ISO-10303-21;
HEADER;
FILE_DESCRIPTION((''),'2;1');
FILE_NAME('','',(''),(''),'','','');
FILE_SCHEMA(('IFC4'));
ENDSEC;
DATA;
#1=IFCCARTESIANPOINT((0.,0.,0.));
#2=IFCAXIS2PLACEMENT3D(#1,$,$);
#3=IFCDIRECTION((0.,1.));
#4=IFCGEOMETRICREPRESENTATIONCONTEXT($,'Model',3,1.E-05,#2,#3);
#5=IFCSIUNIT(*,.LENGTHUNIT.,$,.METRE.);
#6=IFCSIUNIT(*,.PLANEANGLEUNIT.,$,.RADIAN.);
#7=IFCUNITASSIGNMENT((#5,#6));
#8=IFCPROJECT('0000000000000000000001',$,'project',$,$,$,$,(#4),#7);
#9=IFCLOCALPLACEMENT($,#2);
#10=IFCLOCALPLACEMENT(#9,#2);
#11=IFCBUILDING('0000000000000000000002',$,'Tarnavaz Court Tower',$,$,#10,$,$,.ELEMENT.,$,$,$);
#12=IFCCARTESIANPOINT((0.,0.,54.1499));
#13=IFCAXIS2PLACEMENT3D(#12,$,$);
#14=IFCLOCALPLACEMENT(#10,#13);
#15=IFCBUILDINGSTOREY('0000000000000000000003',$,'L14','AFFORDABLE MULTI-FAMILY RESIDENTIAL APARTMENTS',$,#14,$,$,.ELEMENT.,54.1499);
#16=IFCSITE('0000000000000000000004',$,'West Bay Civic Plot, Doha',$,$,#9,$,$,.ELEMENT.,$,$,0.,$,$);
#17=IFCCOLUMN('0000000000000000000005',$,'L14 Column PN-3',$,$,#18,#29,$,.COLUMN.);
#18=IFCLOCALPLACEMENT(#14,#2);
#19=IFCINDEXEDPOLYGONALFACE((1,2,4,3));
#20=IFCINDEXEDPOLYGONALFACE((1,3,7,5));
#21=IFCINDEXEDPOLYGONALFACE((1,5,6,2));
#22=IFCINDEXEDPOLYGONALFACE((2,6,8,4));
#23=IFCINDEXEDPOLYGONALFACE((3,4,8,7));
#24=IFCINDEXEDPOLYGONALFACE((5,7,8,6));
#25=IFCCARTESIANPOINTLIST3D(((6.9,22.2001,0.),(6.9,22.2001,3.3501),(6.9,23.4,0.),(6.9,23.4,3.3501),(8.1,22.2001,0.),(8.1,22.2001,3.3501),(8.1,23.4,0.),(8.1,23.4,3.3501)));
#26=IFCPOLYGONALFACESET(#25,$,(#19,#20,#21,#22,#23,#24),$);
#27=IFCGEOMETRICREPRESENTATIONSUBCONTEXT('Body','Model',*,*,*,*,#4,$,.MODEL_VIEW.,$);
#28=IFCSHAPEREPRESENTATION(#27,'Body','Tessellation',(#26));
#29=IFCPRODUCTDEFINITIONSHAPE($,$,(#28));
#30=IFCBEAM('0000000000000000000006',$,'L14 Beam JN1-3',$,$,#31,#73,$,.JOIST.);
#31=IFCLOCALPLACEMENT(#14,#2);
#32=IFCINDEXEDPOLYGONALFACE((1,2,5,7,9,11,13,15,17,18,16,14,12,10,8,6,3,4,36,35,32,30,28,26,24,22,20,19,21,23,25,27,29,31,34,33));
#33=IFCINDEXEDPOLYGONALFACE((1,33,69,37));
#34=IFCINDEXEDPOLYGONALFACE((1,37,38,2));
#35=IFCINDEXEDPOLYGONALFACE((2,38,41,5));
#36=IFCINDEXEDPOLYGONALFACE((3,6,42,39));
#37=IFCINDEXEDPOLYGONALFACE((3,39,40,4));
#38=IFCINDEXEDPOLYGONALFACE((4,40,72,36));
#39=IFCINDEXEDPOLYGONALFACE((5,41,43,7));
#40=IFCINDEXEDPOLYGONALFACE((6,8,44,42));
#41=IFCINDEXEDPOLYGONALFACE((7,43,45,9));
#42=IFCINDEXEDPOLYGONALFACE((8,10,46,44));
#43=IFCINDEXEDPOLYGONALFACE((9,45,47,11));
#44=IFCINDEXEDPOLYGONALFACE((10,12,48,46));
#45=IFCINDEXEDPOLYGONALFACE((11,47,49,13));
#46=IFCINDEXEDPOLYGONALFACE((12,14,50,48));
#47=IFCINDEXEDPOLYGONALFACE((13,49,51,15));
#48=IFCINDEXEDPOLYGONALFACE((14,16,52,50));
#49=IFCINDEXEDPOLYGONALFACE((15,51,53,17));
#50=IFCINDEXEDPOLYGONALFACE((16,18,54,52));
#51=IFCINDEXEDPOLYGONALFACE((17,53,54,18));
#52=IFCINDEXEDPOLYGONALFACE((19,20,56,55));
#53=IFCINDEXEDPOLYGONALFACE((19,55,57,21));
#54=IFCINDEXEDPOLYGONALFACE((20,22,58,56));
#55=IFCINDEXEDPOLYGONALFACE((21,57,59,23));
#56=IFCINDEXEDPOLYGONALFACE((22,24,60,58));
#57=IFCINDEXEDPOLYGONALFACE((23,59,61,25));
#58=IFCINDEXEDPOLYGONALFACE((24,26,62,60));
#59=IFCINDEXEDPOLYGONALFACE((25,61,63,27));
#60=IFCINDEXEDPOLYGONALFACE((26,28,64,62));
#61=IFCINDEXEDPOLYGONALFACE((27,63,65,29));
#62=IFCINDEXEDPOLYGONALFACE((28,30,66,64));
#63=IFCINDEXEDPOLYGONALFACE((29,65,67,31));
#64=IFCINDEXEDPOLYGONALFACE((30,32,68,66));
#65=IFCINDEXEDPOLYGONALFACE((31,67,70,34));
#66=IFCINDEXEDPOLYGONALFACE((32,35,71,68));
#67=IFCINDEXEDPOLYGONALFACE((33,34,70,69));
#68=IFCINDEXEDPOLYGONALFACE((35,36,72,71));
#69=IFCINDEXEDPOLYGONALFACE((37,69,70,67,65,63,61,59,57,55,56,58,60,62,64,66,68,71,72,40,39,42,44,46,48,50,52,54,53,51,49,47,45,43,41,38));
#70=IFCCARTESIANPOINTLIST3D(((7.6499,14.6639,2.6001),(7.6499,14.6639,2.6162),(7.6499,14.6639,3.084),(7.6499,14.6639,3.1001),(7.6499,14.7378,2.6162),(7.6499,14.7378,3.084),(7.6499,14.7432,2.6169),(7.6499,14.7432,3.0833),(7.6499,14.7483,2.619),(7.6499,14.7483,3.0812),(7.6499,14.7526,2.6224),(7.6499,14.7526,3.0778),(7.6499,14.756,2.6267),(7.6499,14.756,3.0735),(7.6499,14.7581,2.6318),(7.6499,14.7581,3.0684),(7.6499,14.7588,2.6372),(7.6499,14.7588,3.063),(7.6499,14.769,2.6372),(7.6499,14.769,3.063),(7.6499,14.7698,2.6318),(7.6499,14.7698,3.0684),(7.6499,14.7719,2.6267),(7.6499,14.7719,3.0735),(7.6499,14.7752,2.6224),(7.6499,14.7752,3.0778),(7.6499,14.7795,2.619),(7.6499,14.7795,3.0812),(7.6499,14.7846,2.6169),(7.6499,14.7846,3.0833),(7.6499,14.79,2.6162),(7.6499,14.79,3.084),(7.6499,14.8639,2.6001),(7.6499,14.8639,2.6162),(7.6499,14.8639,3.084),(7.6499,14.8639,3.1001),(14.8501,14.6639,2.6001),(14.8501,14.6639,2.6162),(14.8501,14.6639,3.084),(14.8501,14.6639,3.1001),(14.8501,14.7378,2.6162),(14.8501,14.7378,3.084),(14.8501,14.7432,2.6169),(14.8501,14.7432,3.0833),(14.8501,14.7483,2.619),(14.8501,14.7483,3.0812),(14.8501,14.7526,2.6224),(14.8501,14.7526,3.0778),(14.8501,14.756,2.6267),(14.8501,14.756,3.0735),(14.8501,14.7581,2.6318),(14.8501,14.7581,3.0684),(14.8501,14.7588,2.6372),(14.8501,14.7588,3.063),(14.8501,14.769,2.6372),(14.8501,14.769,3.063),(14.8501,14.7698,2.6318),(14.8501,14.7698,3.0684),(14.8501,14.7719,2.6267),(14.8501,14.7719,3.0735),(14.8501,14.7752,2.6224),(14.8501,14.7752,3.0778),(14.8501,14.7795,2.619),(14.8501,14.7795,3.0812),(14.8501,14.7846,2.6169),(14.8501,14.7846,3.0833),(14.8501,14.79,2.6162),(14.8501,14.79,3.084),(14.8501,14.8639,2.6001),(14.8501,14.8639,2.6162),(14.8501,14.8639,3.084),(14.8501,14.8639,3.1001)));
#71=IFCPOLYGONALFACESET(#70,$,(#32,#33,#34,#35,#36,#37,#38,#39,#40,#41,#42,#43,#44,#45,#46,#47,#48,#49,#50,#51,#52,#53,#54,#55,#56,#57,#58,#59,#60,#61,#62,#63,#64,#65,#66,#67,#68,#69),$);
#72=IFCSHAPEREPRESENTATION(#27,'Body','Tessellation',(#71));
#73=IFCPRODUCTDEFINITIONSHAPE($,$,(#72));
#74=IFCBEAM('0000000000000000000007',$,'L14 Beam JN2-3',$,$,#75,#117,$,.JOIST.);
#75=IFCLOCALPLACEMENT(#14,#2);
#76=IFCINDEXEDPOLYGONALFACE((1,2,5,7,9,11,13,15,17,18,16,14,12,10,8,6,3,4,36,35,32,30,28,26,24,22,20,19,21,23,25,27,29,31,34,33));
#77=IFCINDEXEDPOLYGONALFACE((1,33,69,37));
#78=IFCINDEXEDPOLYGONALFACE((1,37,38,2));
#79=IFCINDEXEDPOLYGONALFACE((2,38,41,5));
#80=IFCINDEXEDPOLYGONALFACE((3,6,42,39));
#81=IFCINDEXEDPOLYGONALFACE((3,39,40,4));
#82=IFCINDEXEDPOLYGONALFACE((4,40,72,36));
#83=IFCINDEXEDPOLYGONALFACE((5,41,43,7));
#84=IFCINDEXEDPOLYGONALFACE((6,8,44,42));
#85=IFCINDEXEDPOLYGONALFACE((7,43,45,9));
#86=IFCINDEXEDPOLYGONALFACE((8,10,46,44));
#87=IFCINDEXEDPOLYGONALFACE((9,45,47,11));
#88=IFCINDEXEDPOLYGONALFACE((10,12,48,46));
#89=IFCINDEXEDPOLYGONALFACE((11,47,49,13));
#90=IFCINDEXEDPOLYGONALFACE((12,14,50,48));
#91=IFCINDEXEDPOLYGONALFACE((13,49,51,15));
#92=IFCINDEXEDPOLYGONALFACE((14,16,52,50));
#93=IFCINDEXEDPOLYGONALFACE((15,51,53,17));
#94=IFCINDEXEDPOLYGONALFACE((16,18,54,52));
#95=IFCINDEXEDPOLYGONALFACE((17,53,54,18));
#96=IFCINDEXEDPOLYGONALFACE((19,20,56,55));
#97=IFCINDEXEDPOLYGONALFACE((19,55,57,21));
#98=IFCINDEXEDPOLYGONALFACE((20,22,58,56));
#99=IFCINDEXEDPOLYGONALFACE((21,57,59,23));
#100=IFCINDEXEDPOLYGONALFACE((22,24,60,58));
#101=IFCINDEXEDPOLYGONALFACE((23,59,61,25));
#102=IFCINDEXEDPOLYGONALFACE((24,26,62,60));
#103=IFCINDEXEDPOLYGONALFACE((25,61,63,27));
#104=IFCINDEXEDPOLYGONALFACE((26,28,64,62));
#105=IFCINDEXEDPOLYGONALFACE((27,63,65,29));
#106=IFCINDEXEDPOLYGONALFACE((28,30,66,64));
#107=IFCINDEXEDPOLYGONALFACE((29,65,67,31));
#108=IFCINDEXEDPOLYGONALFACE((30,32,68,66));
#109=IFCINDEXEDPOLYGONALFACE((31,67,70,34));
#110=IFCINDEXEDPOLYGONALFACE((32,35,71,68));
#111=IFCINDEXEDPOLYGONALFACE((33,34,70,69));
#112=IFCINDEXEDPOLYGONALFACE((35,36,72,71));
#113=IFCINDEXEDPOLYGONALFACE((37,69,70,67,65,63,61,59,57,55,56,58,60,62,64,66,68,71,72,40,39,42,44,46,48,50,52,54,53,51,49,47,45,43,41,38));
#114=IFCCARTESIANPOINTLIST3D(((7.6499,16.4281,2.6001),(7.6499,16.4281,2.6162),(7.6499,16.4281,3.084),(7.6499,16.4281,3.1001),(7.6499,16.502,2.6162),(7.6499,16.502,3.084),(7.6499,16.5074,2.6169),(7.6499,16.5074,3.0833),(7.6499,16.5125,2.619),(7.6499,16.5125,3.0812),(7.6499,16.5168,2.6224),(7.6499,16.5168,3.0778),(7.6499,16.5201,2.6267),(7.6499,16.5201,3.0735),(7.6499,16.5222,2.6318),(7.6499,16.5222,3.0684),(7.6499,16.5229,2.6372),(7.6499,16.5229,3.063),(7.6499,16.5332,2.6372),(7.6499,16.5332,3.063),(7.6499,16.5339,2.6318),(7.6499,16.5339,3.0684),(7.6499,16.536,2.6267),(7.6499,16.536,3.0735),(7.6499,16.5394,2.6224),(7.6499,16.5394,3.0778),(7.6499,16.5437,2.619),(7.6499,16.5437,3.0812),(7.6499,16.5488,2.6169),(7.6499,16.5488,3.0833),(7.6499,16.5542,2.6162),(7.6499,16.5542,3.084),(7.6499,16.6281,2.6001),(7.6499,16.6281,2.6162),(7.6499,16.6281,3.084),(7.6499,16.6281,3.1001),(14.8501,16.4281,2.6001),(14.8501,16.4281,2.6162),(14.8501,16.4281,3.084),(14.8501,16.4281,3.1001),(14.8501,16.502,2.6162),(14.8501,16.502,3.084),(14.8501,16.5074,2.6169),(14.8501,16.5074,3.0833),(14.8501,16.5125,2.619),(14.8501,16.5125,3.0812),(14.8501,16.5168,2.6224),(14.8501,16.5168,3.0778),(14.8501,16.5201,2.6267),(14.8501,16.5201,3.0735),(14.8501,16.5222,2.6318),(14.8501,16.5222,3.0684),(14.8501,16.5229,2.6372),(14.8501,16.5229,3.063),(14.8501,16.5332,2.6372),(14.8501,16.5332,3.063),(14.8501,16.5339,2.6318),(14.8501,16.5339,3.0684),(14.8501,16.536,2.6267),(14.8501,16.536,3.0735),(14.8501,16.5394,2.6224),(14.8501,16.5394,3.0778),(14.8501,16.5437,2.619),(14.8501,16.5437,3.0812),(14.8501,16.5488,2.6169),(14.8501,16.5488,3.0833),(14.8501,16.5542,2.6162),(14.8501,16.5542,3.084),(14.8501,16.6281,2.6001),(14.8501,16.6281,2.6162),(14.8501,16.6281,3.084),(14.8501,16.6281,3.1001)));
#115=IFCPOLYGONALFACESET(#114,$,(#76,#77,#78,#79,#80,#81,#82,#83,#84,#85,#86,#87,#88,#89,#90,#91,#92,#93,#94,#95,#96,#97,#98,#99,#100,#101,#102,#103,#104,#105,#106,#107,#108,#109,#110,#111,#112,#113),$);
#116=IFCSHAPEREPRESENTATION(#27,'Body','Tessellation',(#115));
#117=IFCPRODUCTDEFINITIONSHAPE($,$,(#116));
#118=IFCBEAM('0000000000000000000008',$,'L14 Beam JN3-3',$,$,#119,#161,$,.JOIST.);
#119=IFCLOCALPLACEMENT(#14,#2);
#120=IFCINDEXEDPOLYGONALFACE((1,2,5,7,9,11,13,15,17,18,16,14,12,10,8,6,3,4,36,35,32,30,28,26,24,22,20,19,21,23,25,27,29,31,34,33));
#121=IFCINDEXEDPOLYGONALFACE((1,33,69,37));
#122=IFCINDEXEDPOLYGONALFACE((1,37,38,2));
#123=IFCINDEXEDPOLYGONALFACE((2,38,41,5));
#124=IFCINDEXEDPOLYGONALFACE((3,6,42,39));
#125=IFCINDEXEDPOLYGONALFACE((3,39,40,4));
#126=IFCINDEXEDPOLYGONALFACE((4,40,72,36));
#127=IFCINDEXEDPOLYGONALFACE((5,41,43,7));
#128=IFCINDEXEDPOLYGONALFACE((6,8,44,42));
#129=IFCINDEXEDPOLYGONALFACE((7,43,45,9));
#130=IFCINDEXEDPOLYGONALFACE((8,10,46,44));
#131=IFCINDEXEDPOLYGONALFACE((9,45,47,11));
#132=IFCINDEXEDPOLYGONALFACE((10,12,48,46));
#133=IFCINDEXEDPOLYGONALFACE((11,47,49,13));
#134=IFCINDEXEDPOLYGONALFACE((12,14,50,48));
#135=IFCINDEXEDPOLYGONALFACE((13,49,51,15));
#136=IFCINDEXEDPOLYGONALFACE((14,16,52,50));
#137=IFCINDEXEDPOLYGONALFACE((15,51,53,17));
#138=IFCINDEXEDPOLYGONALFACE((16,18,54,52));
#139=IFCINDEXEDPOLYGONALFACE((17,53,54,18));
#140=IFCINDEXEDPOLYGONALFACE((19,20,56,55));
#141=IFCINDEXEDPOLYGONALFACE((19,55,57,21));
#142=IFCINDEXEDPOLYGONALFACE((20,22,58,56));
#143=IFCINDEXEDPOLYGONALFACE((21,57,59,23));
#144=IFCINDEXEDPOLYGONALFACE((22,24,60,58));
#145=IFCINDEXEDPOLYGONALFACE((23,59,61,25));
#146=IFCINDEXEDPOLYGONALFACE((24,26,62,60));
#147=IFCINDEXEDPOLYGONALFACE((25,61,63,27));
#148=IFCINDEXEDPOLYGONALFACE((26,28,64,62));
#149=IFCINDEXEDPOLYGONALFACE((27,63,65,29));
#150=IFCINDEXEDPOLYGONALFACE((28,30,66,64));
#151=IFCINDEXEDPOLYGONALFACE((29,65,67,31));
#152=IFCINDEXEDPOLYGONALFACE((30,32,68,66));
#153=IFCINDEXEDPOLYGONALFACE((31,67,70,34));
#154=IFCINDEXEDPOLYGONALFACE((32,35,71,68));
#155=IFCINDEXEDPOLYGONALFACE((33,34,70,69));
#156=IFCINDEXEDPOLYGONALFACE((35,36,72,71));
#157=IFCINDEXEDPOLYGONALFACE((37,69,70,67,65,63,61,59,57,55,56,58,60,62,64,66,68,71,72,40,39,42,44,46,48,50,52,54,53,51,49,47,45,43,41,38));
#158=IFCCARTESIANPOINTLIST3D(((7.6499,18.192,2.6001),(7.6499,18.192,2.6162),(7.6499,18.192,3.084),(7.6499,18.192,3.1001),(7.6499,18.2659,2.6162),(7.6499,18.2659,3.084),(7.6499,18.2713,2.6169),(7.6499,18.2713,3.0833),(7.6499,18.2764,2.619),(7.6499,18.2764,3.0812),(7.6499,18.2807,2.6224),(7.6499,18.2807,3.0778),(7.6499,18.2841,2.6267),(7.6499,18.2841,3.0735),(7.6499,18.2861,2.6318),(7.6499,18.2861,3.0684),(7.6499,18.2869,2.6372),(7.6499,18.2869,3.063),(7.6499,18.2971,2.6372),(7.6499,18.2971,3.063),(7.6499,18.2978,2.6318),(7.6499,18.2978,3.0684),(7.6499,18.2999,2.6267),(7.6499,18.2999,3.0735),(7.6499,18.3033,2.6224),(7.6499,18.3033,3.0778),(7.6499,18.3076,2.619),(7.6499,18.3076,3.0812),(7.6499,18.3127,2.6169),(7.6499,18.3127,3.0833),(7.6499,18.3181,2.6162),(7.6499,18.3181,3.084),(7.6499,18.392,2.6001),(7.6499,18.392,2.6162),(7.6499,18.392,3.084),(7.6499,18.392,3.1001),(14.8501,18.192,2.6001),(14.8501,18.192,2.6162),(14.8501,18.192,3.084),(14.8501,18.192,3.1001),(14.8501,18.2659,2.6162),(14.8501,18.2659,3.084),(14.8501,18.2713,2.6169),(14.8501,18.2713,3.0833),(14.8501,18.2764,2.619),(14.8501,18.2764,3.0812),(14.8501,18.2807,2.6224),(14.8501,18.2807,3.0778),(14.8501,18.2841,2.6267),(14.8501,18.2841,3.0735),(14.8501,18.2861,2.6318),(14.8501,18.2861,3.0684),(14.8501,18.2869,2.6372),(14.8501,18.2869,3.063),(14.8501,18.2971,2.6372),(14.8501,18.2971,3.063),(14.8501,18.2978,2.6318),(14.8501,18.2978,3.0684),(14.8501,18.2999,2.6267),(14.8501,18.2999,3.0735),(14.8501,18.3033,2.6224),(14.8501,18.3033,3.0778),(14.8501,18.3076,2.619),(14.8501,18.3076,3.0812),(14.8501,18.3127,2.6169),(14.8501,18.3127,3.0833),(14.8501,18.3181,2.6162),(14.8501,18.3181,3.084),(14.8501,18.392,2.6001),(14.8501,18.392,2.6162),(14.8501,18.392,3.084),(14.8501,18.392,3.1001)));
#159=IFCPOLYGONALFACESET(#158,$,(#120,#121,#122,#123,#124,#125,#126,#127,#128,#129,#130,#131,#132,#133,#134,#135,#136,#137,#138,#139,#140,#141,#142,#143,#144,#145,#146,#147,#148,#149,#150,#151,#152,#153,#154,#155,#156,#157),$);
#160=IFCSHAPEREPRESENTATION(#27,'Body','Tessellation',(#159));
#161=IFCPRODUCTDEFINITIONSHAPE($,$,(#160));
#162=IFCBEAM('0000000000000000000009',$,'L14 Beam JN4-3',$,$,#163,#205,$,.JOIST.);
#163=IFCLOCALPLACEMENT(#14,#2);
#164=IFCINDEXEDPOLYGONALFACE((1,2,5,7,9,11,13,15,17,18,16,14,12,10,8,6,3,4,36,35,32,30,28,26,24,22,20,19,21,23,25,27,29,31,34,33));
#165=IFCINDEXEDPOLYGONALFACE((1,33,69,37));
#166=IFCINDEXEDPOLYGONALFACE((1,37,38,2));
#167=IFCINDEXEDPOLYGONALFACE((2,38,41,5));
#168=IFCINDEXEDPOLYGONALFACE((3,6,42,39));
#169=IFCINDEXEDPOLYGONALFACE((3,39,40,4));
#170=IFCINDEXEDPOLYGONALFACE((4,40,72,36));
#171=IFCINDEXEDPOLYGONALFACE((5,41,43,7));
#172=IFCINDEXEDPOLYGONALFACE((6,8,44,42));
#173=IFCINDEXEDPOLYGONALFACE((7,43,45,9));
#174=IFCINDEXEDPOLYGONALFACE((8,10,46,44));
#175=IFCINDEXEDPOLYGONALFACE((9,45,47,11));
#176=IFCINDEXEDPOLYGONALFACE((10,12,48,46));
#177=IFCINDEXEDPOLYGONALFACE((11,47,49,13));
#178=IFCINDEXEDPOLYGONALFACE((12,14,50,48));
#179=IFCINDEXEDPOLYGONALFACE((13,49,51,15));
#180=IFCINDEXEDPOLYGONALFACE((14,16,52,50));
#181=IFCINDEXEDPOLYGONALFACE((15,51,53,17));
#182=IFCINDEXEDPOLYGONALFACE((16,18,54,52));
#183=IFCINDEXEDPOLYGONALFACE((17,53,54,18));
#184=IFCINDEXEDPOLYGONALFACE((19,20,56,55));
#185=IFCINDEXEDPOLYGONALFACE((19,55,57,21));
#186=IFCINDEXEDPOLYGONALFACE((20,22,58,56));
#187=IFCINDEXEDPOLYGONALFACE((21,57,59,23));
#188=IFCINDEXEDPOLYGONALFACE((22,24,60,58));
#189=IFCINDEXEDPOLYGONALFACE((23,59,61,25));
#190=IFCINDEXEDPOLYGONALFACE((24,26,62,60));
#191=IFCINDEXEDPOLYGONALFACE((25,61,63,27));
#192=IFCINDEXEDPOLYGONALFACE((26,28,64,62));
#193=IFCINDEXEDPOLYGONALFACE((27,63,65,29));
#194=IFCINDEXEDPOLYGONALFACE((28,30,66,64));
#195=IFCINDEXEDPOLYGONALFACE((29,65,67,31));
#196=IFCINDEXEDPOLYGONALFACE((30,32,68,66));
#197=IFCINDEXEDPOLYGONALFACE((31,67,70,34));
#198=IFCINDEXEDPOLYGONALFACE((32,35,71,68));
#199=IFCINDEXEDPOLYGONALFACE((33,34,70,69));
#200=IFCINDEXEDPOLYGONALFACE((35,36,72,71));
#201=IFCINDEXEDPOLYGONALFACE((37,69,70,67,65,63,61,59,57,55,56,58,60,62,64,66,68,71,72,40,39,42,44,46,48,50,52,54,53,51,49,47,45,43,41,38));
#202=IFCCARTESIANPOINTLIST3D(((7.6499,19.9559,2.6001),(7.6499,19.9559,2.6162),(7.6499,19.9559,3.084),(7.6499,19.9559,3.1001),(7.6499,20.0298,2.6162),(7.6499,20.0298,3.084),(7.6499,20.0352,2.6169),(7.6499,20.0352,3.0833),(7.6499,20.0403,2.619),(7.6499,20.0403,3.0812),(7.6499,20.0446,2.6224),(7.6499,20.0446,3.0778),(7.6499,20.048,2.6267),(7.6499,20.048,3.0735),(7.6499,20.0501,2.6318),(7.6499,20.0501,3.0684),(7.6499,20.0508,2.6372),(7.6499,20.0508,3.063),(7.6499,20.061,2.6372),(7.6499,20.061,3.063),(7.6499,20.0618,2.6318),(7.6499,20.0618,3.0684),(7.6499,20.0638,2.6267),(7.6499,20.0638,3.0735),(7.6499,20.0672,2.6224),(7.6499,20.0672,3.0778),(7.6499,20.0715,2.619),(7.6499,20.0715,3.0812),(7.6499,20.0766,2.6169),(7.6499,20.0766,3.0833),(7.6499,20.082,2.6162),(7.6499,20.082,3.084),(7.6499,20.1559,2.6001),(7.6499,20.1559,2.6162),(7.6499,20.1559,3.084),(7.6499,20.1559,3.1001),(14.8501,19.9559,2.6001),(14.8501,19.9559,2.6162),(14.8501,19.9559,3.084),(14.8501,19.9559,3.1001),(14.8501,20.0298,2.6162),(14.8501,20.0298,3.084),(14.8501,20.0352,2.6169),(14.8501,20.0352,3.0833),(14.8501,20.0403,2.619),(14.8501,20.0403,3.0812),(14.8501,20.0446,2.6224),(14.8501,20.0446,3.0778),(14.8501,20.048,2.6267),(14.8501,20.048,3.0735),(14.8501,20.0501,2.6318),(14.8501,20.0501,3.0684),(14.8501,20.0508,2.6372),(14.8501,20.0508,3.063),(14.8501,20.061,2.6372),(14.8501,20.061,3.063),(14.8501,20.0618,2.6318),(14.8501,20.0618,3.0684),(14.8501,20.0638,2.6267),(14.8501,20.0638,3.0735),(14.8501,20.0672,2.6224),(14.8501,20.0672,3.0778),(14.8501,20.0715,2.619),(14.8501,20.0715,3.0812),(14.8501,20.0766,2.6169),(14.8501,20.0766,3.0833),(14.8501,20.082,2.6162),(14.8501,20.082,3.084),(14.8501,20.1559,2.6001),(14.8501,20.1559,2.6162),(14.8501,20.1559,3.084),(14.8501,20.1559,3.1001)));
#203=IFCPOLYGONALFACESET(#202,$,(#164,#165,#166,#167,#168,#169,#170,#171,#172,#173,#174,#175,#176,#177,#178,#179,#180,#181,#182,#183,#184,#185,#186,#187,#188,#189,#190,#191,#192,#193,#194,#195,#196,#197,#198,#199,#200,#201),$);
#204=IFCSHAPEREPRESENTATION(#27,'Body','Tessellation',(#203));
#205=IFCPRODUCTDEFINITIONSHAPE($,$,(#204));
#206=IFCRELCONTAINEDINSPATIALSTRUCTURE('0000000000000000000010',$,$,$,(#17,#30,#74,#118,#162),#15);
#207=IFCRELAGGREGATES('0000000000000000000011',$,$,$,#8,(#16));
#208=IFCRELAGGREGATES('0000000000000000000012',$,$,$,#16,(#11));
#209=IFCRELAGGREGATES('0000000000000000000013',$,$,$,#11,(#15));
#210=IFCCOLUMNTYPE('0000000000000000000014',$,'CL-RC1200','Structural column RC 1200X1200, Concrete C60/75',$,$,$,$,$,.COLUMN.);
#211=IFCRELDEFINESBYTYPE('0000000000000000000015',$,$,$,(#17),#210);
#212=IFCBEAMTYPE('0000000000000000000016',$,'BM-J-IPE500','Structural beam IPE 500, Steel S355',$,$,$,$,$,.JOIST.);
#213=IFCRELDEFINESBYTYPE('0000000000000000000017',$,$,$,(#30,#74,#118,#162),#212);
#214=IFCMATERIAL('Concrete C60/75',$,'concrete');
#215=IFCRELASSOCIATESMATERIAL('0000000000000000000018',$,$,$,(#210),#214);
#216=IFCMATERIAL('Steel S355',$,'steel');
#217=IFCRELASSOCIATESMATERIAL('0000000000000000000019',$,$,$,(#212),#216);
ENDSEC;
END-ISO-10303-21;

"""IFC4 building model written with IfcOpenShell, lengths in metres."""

from ifc_helpers import new_model, si_unit, direction, frame, origin, origin_2d, place, context, subcontext, project, spatial, rectangle, i_section, extrude, material, material_profile, profile_set, type_object, element, save


model = new_model("IFC4")

# Units and contexts
model_context = context("Model", 3, precision=1e-05, world=origin(), true_north=direction((0.0, 1.0)))
body_context = subcontext(model_context, "Body", "Model", "MODEL_VIEW")
ifc_project = project(units=[si_unit("LENGTHUNIT", "METRE"), si_unit("PLANEANGLEUNIT", "RADIAN")], contexts=[model_context])

# Site, building, storey
site_placement = place(None, origin())
site = spatial("IfcSite", under=ifc_project, at=site_placement, Name="West Bay Civic Plot, Doha", CompositionType="ELEMENT", RefElevation=0.0)
building_placement = place(site_placement, origin())
building = spatial("IfcBuilding", under=site, at=building_placement, Name="Tarnavaz Court Tower", CompositionType="ELEMENT")
storey_placement = place(building_placement, frame((0.0, 0.0, 54.1499)))
storey = spatial("IfcBuildingStorey", under=building, at=storey_placement, Name="L14", Description="AFFORDABLE MULTI-FAMILY RESIDENTIAL APARTMENTS", CompositionType="ELEMENT", Elevation=54.1499)

# Column
ifc_material_1 = material(Name="Concrete C60/75", Category="concrete")
ifc_material_profile_1 = material_profile(ifc_material_1, rectangle(XDim=1.2, YDim=1.2, at=origin_2d()), Name="RC 1200X1200")
ifc_profile_set_1 = profile_set([ifc_material_profile_1], Name="Concrete C60/75")
column_type = type_object("IfcColumnType", Name="CL-RC1200", Description="Structural column RC 1200X1200, Concrete C60/75", PredefinedType="COLUMN", material=ifc_profile_set_1)
column_placement = place(storey_placement, frame((7.5, 22.8, 0.0), z_axis=(0.0, 0.0, 1.0), x_axis=(1.0, 0.0, 0.0)))
element("IfcColumn", 1, at=column_placement, inside=storey, type_object=column_type, Name="L14 Column PN-3", PredefinedType="COLUMN", context=body_context, shape_type="SweptSolid", body=[
    extrude(rectangle(XDim=1.2, YDim=1.2, at=origin_2d()), origin(), (0.0, 0.0, 1.0), 3.3501),
])

# Beams
ifc_material_2 = material(Name="Steel S355", Category="steel")
ifc_material_profile_2 = material_profile(ifc_material_2, i_section(OverallWidth=0.2, OverallDepth=0.5, WebThickness=0.0103, FlangeThickness=0.0161, FilletRadius=0.021, at=origin_2d()), Name="IPE 500")
ifc_profile_set_2 = profile_set([ifc_material_profile_2], Name="Steel S355")
beam_type_1 = type_object("IfcBeamType", Name="BM-J-IPE500", Description="Structural beam IPE 500, Steel S355", PredefinedType="JOIST", material=ifc_profile_set_2)
for number, where, z_axis, x_axis, name in (
    (2, (7.6499, 14.7639, 2.8501), (1.0, 0.0, 0.0), (0.0, 1.0, 0.0), "L14 Beam JN1-3"),
    (3, (7.6499, 16.5281, 2.8501), (1.0, 0.0, 0.0), (0.0, 1.0, 0.0), "L14 Beam JN2-3"),
    (4, (7.6499, 18.292, 2.8501), (1.0, 0.0, 0.0), (0.0, 1.0, 0.0), "L14 Beam JN3-3"),
    (5, (7.6499, 20.0559, 2.8501), (1.0, 0.0, 0.0), (0.0, 1.0, 0.0), "L14 Beam JN4-3"),
):
    element("IfcBeam", number, at=place(storey_placement, frame(where, z_axis=z_axis, x_axis=x_axis)), inside=storey, type_object=beam_type_1, Name=name, PredefinedType="JOIST", context=body_context, shape_type="SweptSolid", body=[
        extrude(i_section(OverallWidth=0.2, OverallDepth=0.5, WebThickness=0.0103, FlangeThickness=0.0161, FilletRadius=0.021, at=origin_2d()), origin(), (0.0, 0.0, 1.0), 7.2002),
    ])

save(model, "model.ifc")
